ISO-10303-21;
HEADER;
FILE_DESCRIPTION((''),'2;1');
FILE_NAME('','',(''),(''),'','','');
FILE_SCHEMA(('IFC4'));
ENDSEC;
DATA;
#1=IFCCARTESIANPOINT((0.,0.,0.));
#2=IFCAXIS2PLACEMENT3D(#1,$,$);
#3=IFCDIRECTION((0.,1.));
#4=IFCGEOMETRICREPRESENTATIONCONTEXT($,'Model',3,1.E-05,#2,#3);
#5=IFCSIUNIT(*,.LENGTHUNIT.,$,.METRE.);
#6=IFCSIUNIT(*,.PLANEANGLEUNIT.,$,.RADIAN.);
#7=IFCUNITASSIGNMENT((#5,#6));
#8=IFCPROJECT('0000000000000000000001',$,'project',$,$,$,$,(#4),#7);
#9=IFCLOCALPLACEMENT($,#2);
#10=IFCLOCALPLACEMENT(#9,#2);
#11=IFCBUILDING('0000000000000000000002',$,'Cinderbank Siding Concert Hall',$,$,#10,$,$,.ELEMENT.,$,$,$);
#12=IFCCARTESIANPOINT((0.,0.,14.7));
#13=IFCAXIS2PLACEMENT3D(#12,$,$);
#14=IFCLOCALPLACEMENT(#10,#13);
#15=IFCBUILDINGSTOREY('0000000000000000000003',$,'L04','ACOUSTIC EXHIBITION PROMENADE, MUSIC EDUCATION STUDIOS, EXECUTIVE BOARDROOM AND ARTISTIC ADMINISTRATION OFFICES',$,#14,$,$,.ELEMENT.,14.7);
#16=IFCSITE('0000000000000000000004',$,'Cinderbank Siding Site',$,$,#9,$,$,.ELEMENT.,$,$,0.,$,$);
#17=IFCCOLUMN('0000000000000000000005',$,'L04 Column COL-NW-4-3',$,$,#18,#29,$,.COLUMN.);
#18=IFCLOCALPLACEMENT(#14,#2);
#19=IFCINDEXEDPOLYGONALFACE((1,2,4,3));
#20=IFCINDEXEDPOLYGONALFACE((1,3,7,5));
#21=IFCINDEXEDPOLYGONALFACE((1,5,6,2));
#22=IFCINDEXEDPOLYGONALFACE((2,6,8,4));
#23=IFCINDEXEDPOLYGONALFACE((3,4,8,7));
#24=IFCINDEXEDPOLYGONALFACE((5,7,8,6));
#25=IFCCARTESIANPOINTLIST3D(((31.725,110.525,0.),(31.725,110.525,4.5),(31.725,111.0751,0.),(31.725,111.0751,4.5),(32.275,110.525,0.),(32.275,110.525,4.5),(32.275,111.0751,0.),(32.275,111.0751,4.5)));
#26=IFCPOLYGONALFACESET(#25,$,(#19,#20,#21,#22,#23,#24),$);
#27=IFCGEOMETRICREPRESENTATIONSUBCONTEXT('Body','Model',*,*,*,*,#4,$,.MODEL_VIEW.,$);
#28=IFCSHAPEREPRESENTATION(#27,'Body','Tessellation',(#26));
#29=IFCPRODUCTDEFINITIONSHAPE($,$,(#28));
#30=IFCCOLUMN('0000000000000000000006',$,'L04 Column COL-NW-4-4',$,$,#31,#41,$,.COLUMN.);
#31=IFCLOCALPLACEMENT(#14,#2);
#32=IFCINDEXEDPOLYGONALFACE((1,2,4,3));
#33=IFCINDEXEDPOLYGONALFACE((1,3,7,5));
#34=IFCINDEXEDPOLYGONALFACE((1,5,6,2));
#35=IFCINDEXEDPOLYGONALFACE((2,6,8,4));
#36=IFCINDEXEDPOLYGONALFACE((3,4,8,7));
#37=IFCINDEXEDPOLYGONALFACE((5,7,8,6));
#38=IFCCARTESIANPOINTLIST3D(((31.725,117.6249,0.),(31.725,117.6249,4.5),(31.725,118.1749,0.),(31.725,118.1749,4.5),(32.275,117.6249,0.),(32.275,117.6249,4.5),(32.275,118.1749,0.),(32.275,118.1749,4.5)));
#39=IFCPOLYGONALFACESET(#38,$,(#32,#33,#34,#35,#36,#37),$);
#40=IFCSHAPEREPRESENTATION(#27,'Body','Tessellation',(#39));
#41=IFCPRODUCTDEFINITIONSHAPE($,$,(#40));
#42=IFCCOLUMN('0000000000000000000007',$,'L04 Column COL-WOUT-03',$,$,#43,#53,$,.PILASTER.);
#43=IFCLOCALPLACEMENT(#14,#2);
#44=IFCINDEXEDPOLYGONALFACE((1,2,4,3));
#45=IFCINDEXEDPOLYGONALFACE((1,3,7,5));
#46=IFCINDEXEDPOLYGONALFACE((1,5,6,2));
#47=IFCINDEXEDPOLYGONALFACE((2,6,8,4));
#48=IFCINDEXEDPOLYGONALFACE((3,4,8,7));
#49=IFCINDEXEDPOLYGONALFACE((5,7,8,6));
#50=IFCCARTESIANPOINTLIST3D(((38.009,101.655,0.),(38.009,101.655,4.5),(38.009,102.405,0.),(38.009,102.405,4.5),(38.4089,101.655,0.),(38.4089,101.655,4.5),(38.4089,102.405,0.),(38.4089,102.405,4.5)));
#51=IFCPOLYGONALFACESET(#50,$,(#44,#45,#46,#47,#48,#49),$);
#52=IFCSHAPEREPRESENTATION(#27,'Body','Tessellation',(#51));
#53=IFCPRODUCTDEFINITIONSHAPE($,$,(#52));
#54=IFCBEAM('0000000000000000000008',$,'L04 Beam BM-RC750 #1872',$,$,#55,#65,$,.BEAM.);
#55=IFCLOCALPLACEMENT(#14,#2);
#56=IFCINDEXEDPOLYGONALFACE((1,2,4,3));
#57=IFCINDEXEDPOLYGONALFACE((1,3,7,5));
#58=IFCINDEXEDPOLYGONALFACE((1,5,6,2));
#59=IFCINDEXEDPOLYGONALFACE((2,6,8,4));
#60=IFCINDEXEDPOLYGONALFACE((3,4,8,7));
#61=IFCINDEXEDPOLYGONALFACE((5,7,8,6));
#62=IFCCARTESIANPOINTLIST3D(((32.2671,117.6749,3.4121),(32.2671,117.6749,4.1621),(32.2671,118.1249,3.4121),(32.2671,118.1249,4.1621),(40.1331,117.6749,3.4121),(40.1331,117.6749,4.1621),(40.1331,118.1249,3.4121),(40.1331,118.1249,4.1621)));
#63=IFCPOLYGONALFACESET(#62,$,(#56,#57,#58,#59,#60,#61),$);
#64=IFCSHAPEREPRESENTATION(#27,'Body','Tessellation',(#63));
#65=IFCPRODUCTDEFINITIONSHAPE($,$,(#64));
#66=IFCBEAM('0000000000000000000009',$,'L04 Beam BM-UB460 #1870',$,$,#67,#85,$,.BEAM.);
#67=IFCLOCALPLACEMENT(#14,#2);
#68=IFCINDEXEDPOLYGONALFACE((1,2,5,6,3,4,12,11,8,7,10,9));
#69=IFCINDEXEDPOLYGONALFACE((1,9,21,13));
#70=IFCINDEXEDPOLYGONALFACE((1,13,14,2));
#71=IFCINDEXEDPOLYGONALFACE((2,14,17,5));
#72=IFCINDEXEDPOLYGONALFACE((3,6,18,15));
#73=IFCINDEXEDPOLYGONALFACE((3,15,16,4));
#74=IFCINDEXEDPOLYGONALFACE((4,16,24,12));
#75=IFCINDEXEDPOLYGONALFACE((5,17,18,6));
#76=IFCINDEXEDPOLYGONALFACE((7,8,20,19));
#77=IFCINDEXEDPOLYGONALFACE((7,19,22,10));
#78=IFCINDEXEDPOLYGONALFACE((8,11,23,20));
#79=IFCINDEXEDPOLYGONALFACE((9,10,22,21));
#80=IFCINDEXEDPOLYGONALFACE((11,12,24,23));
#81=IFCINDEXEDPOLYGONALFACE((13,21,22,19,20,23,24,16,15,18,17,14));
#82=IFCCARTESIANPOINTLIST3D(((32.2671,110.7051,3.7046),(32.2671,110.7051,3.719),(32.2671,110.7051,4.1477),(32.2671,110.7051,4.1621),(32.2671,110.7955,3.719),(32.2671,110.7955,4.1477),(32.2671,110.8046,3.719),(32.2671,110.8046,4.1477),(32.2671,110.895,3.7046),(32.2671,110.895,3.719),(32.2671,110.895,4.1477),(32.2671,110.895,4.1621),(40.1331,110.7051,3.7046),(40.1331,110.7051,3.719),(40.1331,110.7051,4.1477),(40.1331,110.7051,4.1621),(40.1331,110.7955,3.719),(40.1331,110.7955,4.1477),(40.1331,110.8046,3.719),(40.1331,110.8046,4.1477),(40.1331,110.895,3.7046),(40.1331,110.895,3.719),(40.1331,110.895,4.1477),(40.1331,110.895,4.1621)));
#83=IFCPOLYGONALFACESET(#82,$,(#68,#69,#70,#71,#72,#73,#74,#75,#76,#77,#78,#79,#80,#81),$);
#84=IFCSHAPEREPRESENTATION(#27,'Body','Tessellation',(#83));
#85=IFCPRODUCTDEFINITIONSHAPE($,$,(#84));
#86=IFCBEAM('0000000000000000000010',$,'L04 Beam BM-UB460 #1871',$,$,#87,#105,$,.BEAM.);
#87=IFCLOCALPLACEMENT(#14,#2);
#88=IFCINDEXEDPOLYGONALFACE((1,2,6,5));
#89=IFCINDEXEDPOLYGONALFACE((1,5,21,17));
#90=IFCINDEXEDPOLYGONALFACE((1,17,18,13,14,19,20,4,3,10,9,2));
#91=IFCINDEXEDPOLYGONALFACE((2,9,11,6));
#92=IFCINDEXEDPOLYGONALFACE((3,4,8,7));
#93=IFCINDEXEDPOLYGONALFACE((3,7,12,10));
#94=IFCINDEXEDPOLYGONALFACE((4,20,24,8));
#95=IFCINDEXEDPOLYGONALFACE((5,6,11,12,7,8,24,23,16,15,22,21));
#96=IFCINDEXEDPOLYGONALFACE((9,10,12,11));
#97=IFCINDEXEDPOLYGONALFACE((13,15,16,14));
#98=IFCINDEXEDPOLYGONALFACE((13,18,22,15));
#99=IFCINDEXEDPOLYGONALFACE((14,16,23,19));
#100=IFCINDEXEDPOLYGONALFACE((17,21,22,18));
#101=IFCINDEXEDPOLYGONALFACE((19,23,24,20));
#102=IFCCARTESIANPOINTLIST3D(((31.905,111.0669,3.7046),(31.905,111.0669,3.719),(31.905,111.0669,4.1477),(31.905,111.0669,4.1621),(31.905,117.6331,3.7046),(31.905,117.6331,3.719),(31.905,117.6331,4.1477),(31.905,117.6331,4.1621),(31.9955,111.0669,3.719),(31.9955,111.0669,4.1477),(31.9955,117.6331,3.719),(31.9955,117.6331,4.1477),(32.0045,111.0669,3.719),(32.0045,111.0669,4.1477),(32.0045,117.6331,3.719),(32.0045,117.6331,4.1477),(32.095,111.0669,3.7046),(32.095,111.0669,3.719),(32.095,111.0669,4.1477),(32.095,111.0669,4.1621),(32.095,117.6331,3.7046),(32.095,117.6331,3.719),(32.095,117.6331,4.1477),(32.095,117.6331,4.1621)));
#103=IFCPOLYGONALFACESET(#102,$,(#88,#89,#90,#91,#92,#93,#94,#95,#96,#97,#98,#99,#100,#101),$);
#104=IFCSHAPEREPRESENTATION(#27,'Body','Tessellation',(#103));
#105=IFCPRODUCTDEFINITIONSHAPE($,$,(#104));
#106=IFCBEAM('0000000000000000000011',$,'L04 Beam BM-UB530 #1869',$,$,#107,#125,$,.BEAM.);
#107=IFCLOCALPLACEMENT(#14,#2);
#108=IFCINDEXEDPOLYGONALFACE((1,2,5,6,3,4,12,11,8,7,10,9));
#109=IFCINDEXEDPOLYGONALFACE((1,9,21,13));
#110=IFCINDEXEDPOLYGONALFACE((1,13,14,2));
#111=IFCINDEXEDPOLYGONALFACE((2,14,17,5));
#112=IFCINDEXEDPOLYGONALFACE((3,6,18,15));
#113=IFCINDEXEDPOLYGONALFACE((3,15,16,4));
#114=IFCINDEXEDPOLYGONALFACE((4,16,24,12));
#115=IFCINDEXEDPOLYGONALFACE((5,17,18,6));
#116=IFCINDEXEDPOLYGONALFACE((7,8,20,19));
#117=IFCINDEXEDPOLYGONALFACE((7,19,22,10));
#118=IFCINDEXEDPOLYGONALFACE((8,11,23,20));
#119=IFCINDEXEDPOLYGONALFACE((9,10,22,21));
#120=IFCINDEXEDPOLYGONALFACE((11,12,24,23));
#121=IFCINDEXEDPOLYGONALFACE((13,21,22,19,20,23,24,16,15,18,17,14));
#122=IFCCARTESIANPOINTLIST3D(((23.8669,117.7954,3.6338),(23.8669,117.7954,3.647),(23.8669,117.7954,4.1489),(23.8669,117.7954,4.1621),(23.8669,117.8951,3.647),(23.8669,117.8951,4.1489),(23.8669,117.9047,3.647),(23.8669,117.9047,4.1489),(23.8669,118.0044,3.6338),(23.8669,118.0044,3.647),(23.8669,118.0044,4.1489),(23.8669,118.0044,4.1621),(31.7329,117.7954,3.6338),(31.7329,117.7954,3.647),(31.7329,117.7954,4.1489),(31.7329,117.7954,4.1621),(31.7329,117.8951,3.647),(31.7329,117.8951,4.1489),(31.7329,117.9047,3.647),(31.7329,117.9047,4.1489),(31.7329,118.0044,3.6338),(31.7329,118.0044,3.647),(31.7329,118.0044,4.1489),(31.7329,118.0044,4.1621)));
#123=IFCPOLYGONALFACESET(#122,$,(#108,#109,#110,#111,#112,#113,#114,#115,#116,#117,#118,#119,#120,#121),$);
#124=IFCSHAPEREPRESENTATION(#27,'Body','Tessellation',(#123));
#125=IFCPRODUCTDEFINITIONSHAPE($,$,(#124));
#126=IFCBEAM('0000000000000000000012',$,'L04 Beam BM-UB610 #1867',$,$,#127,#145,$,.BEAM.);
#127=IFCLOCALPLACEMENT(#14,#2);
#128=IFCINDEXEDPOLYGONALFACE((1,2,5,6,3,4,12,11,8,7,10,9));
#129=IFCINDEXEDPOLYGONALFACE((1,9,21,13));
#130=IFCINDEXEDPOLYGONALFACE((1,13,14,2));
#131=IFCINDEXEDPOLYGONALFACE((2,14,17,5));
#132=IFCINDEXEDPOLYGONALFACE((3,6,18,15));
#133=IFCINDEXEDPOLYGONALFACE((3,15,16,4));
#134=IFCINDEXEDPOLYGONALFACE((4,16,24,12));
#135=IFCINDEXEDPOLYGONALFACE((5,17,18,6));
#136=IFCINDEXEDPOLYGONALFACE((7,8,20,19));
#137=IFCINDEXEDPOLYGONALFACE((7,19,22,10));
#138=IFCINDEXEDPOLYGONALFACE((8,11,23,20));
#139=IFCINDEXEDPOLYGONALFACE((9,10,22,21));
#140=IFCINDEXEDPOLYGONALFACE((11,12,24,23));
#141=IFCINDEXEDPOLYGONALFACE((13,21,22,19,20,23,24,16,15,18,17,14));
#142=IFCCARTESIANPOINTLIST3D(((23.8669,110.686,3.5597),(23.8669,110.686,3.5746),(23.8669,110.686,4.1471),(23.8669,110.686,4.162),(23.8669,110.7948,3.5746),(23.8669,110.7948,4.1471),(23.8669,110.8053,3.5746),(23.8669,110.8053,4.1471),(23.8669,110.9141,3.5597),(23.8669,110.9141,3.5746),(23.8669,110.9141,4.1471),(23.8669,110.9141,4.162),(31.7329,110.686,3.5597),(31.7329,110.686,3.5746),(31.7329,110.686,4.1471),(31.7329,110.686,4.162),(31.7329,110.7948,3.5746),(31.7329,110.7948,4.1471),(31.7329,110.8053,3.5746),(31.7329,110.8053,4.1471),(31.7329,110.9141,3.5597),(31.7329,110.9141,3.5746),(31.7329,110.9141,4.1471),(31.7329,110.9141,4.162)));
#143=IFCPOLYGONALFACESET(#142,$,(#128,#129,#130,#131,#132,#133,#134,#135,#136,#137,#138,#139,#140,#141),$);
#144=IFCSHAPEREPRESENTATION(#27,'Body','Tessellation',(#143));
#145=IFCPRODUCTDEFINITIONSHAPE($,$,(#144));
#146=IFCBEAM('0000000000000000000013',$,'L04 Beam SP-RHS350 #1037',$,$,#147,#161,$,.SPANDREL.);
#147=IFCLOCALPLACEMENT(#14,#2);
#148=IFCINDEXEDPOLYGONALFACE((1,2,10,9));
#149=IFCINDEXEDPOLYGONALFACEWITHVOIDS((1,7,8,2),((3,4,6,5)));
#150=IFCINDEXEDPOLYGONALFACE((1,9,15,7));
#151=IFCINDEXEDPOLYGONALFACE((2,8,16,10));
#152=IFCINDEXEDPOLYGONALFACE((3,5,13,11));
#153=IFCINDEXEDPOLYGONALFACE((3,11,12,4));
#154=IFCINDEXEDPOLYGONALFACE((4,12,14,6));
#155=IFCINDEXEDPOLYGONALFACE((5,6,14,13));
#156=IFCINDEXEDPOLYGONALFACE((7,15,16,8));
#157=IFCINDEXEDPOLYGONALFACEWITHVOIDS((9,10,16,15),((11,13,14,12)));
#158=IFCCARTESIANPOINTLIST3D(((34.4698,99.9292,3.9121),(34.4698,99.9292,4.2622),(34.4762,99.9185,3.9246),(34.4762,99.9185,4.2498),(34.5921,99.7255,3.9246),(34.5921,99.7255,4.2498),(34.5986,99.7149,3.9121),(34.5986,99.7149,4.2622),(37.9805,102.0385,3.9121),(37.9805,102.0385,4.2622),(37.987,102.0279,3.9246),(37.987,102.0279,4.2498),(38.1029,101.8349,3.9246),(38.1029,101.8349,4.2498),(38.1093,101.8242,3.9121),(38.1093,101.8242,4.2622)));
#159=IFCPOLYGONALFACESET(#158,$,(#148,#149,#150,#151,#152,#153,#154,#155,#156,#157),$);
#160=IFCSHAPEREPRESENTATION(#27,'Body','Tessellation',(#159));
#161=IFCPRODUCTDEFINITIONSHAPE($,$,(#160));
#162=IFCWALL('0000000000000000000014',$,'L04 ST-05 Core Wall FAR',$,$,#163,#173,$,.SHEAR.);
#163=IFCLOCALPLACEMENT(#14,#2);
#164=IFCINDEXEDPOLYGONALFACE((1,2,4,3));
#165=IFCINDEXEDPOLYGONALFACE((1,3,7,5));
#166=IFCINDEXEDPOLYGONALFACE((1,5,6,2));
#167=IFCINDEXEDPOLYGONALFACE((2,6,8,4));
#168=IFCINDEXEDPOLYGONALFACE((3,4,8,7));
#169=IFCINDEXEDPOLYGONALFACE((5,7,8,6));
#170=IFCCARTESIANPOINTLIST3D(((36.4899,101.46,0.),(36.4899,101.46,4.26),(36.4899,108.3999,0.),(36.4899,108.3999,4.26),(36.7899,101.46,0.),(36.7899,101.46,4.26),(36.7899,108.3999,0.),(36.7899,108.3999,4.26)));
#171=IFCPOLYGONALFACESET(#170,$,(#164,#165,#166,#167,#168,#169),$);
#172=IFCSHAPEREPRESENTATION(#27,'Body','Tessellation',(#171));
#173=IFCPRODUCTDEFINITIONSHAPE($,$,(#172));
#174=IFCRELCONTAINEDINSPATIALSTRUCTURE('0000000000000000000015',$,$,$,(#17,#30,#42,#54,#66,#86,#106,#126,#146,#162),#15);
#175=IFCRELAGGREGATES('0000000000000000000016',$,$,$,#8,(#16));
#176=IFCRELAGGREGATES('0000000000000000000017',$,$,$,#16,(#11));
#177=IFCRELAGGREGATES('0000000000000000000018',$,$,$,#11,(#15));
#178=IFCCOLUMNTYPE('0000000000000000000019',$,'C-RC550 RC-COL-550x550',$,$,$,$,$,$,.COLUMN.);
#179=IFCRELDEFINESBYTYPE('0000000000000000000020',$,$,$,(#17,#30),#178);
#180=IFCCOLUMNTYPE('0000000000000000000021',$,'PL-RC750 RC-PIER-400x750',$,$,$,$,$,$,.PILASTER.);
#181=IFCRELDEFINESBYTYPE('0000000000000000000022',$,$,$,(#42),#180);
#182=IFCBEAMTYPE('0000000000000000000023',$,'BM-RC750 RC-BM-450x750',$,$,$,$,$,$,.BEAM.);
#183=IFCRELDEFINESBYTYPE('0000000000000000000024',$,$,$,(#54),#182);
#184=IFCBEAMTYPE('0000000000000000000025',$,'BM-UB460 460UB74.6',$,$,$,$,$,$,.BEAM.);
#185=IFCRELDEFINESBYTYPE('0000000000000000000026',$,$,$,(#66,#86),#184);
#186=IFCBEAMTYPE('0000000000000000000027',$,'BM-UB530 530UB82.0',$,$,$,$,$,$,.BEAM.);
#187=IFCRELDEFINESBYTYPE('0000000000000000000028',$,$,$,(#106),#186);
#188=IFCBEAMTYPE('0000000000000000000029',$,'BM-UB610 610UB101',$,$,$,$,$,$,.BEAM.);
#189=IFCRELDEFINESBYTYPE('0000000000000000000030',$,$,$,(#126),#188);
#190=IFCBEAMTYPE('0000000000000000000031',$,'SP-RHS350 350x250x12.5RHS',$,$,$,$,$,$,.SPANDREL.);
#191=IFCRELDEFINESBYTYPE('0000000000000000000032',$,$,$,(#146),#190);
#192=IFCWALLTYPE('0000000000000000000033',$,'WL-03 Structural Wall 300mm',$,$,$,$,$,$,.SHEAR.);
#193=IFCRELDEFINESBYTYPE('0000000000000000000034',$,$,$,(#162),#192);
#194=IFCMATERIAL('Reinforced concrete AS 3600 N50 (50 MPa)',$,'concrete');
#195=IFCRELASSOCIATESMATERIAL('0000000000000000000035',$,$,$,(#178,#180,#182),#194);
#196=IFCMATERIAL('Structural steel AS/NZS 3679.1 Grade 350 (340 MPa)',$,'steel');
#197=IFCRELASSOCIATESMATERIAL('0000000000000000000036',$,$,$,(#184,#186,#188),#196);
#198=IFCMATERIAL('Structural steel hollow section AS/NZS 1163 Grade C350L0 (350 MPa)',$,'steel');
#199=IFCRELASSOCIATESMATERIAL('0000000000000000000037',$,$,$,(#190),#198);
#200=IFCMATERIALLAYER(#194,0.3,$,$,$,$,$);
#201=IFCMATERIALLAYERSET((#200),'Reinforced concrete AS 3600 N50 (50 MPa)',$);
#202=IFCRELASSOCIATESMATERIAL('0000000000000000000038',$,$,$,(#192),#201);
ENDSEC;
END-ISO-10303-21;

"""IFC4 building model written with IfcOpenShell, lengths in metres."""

from ifc_helpers import new_model, si_unit, direction, frame, frame_2d, origin, origin_2d, place, context, subcontext, project, spatial, rectangle, hollow_rectangle, i_section, extrude, material, layer, layer_set, material_profile, profile_set, type_object, element, save


model = new_model("IFC4")

# Units and contexts
model_context = context("Model", 3, precision=1e-05, world=origin(), true_north=direction((0.0, 1.0)))
body_context = subcontext(model_context, "Body", "Model", "MODEL_VIEW")
ifc_project = project(units=[si_unit("LENGTHUNIT", "METRE"), si_unit("PLANEANGLEUNIT", "RADIAN")], contexts=[model_context])

# Site, building, storey
site_placement = place(None, origin())
site = spatial("IfcSite", under=ifc_project, at=site_placement, Name="Cinderbank Siding Site", CompositionType="ELEMENT", RefElevation=0.0)
building_placement = place(site_placement, origin())
building = spatial("IfcBuilding", under=site, at=building_placement, Name="Cinderbank Siding Concert Hall", CompositionType="ELEMENT")
storey_placement = place(building_placement, frame((0.0, 0.0, 14.7)))
storey = spatial("IfcBuildingStorey", under=building, at=storey_placement, Name="L04", Description="ACOUSTIC EXHIBITION PROMENADE, MUSIC EDUCATION STUDIOS, EXECUTIVE BOARDROOM AND ARTISTIC ADMINISTRATION OFFICES", CompositionType="ELEMENT", Elevation=14.7)

# Columns
ifc_material_1 = material(Name="Reinforced concrete AS 3600 N50 (50 MPa)", Category="concrete")
ifc_material_profile_1 = material_profile(ifc_material_1, rectangle(XDim=0.55, YDim=0.55, at=origin_2d()), Name="RC-COL-550x550", Category="LoadBearing")
ifc_profile_set_1 = profile_set([ifc_material_profile_1], Name="Reinforced concrete AS 3600 N50 (50 MPa)")
column_type_1 = type_object("IfcColumnType", Name="C-RC550 RC-COL-550x550", PredefinedType="COLUMN", material=ifc_profile_set_1)
for number, where, z_axis, x_axis, name in (
    (1, (32.0, 110.8, 0.0), (0.0, 0.0, 1.0), (1.0, 0.0, 0.0), "L04 Column COL-NW-4-3"),
    (2, (32.0, 117.8999, 0.0), (0.0, 0.0, 1.0), (1.0, 0.0, 0.0), "L04 Column COL-NW-4-4"),
):
    element("IfcColumn", number, at=place(storey_placement, frame(where, z_axis=z_axis, x_axis=x_axis)), inside=storey, type_object=column_type_1, Name=name, PredefinedType="COLUMN", context=body_context, shape_type="SweptSolid", body=[
        extrude(rectangle(XDim=0.55, YDim=0.55, at=origin_2d()), origin(), (0.0, 0.0, 1.0), 4.5),
    ])
ifc_material_profile_2 = material_profile(ifc_material_1, rectangle(XDim=0.3999, YDim=0.75, at=origin_2d()), Name="RC-PIER-400x750", Category="LoadBearing")
ifc_profile_set_2 = profile_set([ifc_material_profile_2], Name="Reinforced concrete AS 3600 N50 (50 MPa)")
column_type_2 = type_object("IfcColumnType", Name="PL-RC750 RC-PIER-400x750", PredefinedType="PILASTER", material=ifc_profile_set_2)
column_placement = place(storey_placement, frame((38.209, 102.03, 0.0), z_axis=(0.0, 0.0, 1.0), x_axis=(1.0, 0.0, 0.0)))
element("IfcColumn", 3, at=column_placement, inside=storey, type_object=column_type_2, Name="L04 Column COL-WOUT-03", PredefinedType="PILASTER", context=body_context, shape_type="SweptSolid", body=[
    extrude(rectangle(XDim=0.3999, YDim=0.75, at=origin_2d()), origin(), (0.0, 0.0, 1.0), 4.5),
])

# Beams
ifc_material_profile_3 = material_profile(ifc_material_1, rectangle(XDim=0.45, YDim=0.75, at=origin_2d()), Name="RC-BM-450x750", Category="LoadBearing")
ifc_profile_set_3 = profile_set([ifc_material_profile_3], Name="Reinforced concrete AS 3600 N50 (50 MPa)")
beam_type_1 = type_object("IfcBeamType", Name="BM-RC750 RC-BM-450x750", PredefinedType="BEAM", material=ifc_profile_set_3)
beam_1_placement = place(storey_placement, frame((32.2671, 117.8999, 3.7871), z_axis=(1.0, 0.0, 0.0), x_axis=(0.0, 1.0, 0.0)))
element("IfcBeam", 4, at=beam_1_placement, inside=storey, type_object=beam_type_1, Name="L04 Beam BM-RC750 #1872", PredefinedType="BEAM", context=body_context, shape_type="SweptSolid", body=[
    extrude(rectangle(XDim=0.45, YDim=0.75, at=origin_2d()), origin(), (0.0, 0.0, 1.0), 7.866),
])
ifc_material_2 = material(Name="Structural steel AS/NZS 3679.1 Grade 350 (340 MPa)", Category="steel")
ifc_material_profile_4 = material_profile(ifc_material_2, i_section(OverallWidth=0.1899, OverallDepth=0.4575, WebThickness=0.009, FlangeThickness=0.0144, at=origin_2d()), Name="460UB74.6", Category="LoadBearing")
ifc_profile_set_4 = profile_set([ifc_material_profile_4], Name="Structural steel AS/NZS 3679.1 Grade 350 (340 MPa)")
beam_type_2 = type_object("IfcBeamType", Name="BM-UB460 460UB74.6", PredefinedType="BEAM", material=ifc_profile_set_4)
beam_2_placement = place(storey_placement, frame((32.2671, 110.8, 3.9333), z_axis=(1.0, 0.0, 0.0), x_axis=(0.0, 1.0, 0.0)))
element("IfcBeam", 5, at=beam_2_placement, inside=storey, type_object=beam_type_2, Name="L04 Beam BM-UB460 #1870", PredefinedType="BEAM", context=body_context, shape_type="SweptSolid", body=[
    extrude(i_section(OverallWidth=0.1899, OverallDepth=0.4575, WebThickness=0.009, FlangeThickness=0.0144, at=origin_2d()), origin(), (0.0, 0.0, 1.0), 7.866),
])
beam_3_placement = place(storey_placement, frame((32.0, 111.0669, 3.9333), z_axis=(0.0, 1.0, 0.0), x_axis=(-1.0, 0.0, 0.0)))
element("IfcBeam", 6, at=beam_3_placement, inside=storey, type_object=beam_type_2, Name="L04 Beam BM-UB460 #1871", PredefinedType="BEAM", context=body_context, shape_type="SweptSolid", body=[
    extrude(i_section(OverallWidth=0.1899, OverallDepth=0.4575, WebThickness=0.009, FlangeThickness=0.0144, at=origin_2d()), origin(), (0.0, 0.0, 1.0), 6.5662),
])
ifc_material_profile_5 = material_profile(ifc_material_2, i_section(OverallWidth=0.209, OverallDepth=0.5283, WebThickness=0.0095, FlangeThickness=0.0132, at=origin_2d()), Name="530UB82.0", Category="LoadBearing")
ifc_profile_set_5 = profile_set([ifc_material_profile_5], Name="Structural steel AS/NZS 3679.1 Grade 350 (340 MPa)")
beam_type_3 = type_object("IfcBeamType", Name="BM-UB530 530UB82.0", PredefinedType="BEAM", material=ifc_profile_set_5)
beam_4_placement = place(storey_placement, frame((23.8669, 117.8999, 3.8979), z_axis=(1.0, 0.0, 0.0), x_axis=(0.0, 1.0, 0.0)))
element("IfcBeam", 7, at=beam_4_placement, inside=storey, type_object=beam_type_3, Name="L04 Beam BM-UB530 #1869", PredefinedType="BEAM", context=body_context, shape_type="SweptSolid", body=[
    extrude(i_section(OverallWidth=0.209, OverallDepth=0.5283, WebThickness=0.0095, FlangeThickness=0.0132, at=origin_2d()), origin(), (0.0, 0.0, 1.0), 7.866),
])
ifc_material_profile_6 = material_profile(ifc_material_2, i_section(OverallWidth=0.228, OverallDepth=0.6023, WebThickness=0.0105, FlangeThickness=0.0149, at=origin_2d()), Name="610UB101", Category="LoadBearing")
ifc_profile_set_6 = profile_set([ifc_material_profile_6], Name="Structural steel AS/NZS 3679.1 Grade 350 (340 MPa)")
beam_type_4 = type_object("IfcBeamType", Name="BM-UB610 610UB101", PredefinedType="BEAM", material=ifc_profile_set_6)
beam_5_placement = place(storey_placement, frame((23.8669, 110.8, 3.8608), z_axis=(1.0, 0.0, 0.0), x_axis=(0.0, 1.0, 0.0)))
element("IfcBeam", 8, at=beam_5_placement, inside=storey, type_object=beam_type_4, Name="L04 Beam BM-UB610 #1867", PredefinedType="BEAM", context=body_context, shape_type="SweptSolid", body=[
    extrude(i_section(OverallWidth=0.228, OverallDepth=0.6023, WebThickness=0.0105, FlangeThickness=0.0149, at=origin_2d()), origin(), (0.0, 0.0, 1.0), 7.866),
])
ifc_material_3 = material(Name="Structural steel hollow section AS/NZS 1163 Grade C350L0 (350 MPa)", Category="steel")
ifc_material_profile_7 = material_profile(ifc_material_3, hollow_rectangle(XDim=0.25, YDim=0.3501, WallThickness=0.0125, at=origin_2d()), Name="350x250x12.5RHS", Category="LoadBearing")
ifc_profile_set_7 = profile_set([ifc_material_profile_7], Name="Structural steel hollow section AS/NZS 1163 Grade C350L0 (350 MPa)")
beam_type_5 = type_object("IfcBeamType", Name="SP-RHS350 350x250x12.5RHS", PredefinedType="SPANDREL", material=ifc_profile_set_7)
beam_6_placement = place(storey_placement, frame((38.0449, 101.9314, 4.0872), z_axis=(-0.857177, -0.515022, 0.0), x_axis=(0.515022, -0.857177, 0.0)))
element("IfcBeam", 9, at=beam_6_placement, inside=storey, type_object=beam_type_5, Name="L04 Beam SP-RHS350 #1037", PredefinedType="SPANDREL", context=body_context, shape_type="SweptSolid", body=[
    extrude(hollow_rectangle(XDim=0.25, YDim=0.3501, WallThickness=0.0125, at=origin_2d()), origin(), (0.0, 0.0, 1.0), 4.0957),
])

# Wall
ifc_layer_1 = layer(ifc_material_1, 0.3)
ifc_layer_set_1 = layer_set([ifc_layer_1], Name="Reinforced concrete AS 3600 N50 (50 MPa)")
wall_type_1 = type_object("IfcWallType", Name="WL-03 Structural Wall 300mm", PredefinedType="SHEAR", material=ifc_layer_set_1)
wall_1_placement = place(storey_placement, frame((36.6399, 108.3999, 0.0), z_axis=(0.0, 0.0, 1.0), x_axis=(0.0, -1.0, 0.0)))
element("IfcWall", 10, at=wall_1_placement, inside=storey, type_object=wall_type_1, Name="L04 ST-05 Core Wall FAR", PredefinedType="SHEAR", context=body_context, shape_type="SweptSolid", body=[
    extrude(rectangle(XDim=6.9399, YDim=0.3, at=frame_2d((3.47, 0.0))), origin(), (0.0, 0.0, 1.0), 4.26),
])

save(model, "model.ifc")
